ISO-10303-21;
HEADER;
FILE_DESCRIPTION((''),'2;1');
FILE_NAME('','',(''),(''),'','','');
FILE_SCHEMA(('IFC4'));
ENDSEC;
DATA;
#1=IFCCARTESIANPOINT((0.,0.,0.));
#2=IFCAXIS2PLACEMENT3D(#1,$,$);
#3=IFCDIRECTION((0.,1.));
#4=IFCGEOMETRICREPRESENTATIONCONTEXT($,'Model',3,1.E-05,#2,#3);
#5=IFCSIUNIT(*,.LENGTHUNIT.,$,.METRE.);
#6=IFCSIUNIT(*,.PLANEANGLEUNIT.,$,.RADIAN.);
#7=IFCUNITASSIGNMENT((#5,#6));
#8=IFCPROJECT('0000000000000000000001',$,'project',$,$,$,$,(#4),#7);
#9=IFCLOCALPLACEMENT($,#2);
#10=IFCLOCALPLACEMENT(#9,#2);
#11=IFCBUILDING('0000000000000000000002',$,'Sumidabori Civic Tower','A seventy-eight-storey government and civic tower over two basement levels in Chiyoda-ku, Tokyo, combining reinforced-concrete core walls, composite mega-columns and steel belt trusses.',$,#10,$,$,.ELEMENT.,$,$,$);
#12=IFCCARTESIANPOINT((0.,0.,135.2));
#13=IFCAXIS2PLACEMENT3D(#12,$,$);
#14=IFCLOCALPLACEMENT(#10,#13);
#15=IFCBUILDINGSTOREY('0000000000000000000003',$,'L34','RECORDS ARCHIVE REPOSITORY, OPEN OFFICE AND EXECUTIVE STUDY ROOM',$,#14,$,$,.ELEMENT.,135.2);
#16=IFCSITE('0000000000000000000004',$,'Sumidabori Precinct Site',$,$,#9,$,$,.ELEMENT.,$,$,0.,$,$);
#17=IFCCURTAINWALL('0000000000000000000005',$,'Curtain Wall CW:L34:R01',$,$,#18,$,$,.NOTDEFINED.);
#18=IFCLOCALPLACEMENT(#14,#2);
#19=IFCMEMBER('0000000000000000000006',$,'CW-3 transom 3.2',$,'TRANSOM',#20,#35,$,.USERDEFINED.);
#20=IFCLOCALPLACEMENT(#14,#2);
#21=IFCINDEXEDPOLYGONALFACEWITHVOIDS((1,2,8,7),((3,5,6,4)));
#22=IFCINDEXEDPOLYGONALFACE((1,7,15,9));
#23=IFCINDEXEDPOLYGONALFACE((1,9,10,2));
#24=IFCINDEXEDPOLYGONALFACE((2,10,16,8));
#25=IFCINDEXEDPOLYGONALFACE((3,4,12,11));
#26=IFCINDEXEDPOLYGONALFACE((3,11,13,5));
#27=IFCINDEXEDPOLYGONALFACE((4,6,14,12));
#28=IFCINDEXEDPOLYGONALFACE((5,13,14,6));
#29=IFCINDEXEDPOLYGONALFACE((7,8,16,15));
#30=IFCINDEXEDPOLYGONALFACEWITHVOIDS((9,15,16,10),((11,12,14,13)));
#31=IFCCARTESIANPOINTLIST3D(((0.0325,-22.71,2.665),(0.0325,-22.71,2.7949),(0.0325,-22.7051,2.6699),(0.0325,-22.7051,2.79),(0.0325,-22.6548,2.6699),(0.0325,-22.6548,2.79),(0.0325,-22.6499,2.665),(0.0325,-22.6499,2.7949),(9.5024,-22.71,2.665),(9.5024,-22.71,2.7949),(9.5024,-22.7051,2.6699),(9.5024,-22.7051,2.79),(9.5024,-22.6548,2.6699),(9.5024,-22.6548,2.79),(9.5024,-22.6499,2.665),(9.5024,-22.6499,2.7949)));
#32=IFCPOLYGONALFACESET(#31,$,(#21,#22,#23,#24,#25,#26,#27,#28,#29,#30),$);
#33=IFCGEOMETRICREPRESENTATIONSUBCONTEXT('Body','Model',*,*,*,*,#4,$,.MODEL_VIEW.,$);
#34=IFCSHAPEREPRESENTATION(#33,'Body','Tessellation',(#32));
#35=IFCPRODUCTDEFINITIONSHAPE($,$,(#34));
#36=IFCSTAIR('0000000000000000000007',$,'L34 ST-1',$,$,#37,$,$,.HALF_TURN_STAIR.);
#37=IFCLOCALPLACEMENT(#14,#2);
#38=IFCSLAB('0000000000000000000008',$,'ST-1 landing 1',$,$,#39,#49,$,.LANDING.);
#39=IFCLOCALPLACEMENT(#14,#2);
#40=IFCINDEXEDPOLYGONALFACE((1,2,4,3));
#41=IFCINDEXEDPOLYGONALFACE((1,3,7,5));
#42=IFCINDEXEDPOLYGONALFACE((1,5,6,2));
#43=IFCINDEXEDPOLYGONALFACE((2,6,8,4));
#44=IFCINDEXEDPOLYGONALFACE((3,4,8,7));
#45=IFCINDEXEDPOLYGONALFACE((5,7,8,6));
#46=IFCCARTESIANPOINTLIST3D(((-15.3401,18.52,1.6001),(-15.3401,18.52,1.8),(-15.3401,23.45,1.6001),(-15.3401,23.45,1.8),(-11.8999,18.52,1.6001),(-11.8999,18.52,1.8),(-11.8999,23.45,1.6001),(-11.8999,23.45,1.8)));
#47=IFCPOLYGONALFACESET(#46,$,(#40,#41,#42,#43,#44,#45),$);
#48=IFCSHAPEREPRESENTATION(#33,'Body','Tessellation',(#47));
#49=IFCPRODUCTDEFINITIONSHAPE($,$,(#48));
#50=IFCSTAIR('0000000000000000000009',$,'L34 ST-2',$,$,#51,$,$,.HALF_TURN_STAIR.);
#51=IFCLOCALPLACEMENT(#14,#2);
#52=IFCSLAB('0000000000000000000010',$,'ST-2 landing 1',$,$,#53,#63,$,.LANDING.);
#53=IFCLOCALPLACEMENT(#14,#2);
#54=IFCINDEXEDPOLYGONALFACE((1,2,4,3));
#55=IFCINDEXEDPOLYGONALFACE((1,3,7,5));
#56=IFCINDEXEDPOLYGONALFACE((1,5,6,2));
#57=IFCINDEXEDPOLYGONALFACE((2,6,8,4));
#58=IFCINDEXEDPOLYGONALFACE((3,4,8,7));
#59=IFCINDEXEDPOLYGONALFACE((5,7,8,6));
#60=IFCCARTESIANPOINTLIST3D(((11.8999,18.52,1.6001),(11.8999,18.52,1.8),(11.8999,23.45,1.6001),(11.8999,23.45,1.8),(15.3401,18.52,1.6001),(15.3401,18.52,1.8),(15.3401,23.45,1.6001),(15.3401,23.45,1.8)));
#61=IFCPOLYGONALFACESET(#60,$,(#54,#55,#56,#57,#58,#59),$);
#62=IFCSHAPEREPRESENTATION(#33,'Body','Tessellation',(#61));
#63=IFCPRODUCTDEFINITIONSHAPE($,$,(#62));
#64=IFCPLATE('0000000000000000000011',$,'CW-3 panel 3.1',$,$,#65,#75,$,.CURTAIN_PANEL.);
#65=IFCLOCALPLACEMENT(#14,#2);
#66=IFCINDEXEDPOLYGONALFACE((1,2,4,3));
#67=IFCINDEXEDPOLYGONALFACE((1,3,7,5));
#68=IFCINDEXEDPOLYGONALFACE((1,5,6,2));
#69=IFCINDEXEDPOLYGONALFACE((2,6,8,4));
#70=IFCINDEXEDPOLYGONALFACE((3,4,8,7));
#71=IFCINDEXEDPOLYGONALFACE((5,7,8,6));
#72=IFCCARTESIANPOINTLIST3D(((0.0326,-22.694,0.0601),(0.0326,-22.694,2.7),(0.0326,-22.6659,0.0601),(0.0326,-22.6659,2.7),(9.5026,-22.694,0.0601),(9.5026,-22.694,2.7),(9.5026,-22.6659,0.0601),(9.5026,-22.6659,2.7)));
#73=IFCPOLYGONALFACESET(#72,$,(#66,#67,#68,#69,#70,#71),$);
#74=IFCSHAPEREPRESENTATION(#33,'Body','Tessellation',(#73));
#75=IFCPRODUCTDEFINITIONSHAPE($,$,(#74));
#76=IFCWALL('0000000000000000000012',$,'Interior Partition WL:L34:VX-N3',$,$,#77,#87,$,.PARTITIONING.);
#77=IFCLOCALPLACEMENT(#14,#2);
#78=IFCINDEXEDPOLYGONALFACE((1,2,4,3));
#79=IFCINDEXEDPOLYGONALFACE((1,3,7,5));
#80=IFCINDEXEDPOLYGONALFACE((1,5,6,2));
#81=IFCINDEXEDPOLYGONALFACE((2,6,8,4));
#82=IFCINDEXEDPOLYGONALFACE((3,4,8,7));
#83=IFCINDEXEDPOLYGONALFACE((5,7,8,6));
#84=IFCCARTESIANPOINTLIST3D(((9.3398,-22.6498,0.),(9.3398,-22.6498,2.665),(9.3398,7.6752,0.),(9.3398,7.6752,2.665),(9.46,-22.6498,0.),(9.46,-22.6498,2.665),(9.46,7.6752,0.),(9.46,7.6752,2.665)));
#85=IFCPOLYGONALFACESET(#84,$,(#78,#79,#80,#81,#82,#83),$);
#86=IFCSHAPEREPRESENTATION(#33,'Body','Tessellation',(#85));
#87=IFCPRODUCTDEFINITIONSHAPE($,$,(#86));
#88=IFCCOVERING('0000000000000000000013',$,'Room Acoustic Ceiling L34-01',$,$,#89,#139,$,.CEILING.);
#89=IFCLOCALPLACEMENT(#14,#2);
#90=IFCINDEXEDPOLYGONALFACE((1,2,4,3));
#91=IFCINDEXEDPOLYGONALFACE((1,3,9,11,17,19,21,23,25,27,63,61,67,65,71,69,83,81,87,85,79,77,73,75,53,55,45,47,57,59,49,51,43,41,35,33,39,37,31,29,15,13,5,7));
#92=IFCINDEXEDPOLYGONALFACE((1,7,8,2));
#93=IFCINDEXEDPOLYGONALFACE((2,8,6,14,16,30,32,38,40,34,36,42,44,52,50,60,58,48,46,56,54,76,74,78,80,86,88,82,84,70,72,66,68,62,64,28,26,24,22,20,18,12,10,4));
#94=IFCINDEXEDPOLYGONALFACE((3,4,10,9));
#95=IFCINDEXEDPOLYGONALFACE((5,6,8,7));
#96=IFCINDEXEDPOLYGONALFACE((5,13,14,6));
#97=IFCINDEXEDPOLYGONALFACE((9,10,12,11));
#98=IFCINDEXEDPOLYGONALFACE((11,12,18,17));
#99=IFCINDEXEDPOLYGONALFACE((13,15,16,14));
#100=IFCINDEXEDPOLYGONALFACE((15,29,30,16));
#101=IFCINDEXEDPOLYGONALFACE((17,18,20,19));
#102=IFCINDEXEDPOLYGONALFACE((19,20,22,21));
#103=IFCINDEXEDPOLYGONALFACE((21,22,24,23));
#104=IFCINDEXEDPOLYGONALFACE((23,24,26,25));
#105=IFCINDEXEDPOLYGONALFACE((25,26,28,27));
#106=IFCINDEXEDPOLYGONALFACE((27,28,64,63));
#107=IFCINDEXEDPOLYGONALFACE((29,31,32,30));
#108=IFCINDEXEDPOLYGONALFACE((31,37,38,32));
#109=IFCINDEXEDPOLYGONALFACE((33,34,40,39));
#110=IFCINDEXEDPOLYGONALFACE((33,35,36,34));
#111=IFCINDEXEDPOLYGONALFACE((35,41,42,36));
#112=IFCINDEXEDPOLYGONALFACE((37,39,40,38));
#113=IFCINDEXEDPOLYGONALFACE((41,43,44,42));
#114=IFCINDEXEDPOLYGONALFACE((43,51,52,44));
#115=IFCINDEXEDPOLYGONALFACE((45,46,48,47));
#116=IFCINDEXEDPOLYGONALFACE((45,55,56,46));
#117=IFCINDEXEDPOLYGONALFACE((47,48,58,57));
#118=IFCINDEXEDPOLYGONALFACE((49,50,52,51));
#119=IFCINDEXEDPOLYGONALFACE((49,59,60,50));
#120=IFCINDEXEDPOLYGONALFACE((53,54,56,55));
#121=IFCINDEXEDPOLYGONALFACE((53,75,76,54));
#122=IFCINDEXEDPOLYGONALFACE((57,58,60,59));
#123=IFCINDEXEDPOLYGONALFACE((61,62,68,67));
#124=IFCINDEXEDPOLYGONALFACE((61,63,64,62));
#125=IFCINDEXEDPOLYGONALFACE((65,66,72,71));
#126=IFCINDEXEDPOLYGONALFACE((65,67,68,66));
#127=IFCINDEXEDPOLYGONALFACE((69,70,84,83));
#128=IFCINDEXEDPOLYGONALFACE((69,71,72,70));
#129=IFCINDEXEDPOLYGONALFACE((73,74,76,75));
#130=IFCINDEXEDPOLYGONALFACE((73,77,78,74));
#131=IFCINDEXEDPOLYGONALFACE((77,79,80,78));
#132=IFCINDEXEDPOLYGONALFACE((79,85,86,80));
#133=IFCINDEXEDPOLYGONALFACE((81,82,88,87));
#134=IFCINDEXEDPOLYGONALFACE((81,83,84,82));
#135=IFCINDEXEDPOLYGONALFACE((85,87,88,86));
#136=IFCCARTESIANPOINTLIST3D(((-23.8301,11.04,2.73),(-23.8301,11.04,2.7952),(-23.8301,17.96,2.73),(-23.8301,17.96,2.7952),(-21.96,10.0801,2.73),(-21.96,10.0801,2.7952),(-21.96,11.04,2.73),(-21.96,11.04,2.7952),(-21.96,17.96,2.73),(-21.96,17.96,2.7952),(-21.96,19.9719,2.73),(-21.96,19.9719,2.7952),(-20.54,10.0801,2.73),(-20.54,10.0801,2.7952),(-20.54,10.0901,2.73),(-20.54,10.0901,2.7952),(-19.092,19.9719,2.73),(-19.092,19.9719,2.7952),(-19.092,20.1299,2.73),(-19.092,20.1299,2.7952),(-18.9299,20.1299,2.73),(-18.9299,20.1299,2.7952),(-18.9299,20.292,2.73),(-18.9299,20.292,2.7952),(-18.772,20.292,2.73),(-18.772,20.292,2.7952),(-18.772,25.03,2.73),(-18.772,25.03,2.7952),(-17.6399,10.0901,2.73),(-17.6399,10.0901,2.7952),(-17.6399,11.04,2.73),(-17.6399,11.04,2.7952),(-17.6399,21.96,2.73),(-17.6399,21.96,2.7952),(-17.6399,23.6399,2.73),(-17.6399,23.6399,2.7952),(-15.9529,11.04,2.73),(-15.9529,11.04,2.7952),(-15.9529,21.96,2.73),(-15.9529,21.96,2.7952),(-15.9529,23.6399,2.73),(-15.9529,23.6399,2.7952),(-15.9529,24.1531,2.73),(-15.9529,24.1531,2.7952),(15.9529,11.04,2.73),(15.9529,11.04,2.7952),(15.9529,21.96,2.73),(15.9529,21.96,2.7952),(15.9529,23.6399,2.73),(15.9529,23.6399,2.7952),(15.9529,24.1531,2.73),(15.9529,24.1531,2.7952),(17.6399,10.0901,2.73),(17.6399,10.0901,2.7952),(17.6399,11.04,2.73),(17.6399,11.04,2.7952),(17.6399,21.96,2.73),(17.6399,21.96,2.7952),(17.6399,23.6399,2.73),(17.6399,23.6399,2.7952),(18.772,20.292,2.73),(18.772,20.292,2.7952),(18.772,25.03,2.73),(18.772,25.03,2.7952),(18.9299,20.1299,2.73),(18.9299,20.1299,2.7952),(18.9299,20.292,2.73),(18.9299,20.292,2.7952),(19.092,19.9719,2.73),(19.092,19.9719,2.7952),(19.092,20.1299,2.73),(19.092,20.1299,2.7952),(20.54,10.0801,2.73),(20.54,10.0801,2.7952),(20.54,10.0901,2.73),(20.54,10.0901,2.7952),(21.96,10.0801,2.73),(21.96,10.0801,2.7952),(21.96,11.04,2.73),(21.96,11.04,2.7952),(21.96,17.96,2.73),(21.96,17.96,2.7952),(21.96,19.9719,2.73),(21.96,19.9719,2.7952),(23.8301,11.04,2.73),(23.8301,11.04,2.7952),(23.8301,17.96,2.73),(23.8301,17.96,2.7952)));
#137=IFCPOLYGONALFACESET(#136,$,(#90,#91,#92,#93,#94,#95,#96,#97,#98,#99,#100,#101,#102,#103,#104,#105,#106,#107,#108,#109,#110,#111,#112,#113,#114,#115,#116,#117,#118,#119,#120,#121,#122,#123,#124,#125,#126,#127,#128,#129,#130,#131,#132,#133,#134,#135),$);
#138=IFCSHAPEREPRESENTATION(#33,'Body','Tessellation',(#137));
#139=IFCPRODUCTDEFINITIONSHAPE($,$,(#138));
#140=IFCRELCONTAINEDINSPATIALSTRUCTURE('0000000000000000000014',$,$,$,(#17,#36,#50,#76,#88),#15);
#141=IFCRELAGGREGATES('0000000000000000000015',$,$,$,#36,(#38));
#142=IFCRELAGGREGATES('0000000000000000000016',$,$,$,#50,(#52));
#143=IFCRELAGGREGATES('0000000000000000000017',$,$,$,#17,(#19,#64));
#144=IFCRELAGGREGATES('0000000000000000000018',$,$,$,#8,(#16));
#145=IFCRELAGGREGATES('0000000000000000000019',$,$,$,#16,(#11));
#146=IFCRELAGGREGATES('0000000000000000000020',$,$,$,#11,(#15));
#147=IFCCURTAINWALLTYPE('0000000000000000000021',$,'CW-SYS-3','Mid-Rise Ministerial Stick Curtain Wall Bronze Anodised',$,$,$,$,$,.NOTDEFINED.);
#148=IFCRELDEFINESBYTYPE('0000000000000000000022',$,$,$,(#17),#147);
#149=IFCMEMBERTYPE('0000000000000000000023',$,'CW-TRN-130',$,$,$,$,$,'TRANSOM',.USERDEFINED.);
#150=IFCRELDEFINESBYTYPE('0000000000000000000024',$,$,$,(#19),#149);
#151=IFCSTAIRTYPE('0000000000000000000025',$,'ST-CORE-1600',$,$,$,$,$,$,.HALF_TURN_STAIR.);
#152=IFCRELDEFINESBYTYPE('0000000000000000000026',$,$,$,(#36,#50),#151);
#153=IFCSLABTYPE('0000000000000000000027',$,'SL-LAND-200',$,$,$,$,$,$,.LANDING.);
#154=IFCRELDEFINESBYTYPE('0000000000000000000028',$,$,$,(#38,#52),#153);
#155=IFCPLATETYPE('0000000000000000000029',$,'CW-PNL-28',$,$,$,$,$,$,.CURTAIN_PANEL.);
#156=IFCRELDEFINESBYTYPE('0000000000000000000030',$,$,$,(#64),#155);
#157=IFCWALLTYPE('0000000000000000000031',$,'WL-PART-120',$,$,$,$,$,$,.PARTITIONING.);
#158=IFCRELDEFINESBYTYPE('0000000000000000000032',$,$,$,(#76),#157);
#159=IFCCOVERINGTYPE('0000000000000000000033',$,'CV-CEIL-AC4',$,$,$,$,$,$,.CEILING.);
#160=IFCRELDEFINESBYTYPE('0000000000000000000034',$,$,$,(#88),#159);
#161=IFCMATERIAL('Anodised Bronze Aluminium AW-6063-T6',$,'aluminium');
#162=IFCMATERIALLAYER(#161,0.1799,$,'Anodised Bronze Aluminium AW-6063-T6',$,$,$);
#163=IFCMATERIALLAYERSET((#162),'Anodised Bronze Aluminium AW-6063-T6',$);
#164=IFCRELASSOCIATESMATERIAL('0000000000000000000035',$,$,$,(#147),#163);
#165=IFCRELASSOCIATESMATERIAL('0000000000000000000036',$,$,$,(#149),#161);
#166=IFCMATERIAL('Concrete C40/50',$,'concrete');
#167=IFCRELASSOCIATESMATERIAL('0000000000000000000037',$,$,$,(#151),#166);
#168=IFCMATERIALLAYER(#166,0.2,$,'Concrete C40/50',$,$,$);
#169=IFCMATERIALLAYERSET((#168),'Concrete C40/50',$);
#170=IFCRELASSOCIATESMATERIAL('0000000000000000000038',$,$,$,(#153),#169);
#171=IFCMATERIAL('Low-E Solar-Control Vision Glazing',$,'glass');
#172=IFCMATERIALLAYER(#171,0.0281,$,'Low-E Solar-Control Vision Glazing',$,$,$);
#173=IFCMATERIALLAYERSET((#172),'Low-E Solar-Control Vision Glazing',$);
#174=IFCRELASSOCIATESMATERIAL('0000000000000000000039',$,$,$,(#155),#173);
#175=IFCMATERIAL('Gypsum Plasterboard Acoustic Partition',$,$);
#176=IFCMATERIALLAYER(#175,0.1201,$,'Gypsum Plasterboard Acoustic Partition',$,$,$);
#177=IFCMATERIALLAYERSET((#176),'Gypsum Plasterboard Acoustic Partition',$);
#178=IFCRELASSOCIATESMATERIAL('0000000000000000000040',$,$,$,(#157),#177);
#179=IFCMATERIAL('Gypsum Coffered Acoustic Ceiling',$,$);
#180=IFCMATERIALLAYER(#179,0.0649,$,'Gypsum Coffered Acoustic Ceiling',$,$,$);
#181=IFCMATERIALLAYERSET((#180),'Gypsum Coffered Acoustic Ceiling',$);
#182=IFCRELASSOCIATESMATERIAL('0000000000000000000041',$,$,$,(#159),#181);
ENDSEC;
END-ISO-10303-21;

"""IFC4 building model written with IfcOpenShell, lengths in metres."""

from ifc_helpers import new_model, si_unit, direction, frame, frame_2d, origin, origin_2d, place, context, subcontext, project, spatial, polyline, rectangle, hollow_rectangle, outline, extrude, source, transform, mapped, material, layer, layer_set, material_profile, profile_set, type_object, element, aggregate, save


model = new_model("IFC4")

# Units and contexts
model_context = context("Model", 3, precision=1e-05, world=origin(), true_north=direction((0.0, 1.0)))
body_context = subcontext(model_context, "Body", "Model", "MODEL_VIEW")
ifc_project = project(units=[si_unit("LENGTHUNIT", "METRE"), si_unit("PLANEANGLEUNIT", "RADIAN")], contexts=[model_context])

# Site, building, storey
site_placement = place(None, origin())
site = spatial("IfcSite", under=ifc_project, at=site_placement, Name="Sumidabori Precinct Site", CompositionType="ELEMENT", RefElevation=0.0)
building_placement = place(site_placement, origin())
building = spatial("IfcBuilding", under=site, at=building_placement, Name="Sumidabori Civic Tower", Description="A seventy-eight-storey government and civic tower over two basement levels in Chiyoda-ku, Tokyo, combining reinforced-concrete core walls, composite mega-columns and steel belt trusses.", CompositionType="ELEMENT")
storey_placement = place(building_placement, frame((0.0, 0.0, 135.2)))
storey = spatial("IfcBuildingStorey", under=building, at=storey_placement, Name="L34", Description="RECORDS ARCHIVE REPOSITORY, OPEN OFFICE AND EXECUTIVE STUDY ROOM", CompositionType="ELEMENT", Elevation=135.2)

# Curtain wall, member
ifc_material_1 = material(Name="Anodised Bronze Aluminium AW-6063-T6", Category="aluminium")
ifc_layer_1 = layer(ifc_material_1, 0.1799, Name="Anodised Bronze Aluminium AW-6063-T6")
ifc_layer_set_1 = layer_set([ifc_layer_1], Name="Anodised Bronze Aluminium AW-6063-T6")
curtain_wall_type = type_object("IfcCurtainWallType", Name="CW-SYS-3", Description="Mid-Rise Ministerial Stick Curtain Wall Bronze Anodised", PredefinedType="NOTDEFINED", material=ifc_layer_set_1)
curtain_wall_placement = place(storey_placement, origin())
curtain_wall = element("IfcCurtainWall", 1, at=curtain_wall_placement, inside=storey, type_object=curtain_wall_type, Name="Curtain Wall CW:L34:R01", PredefinedType="NOTDEFINED")
ifc_material_profile_1 = material_profile(ifc_material_1, hollow_rectangle(XDim=0.0601, YDim=0.1299, WallThickness=0.0049, at=origin_2d()), Name="ALU TRANSOM 130x60")
ifc_profile_set_1 = profile_set([ifc_material_profile_1], Name="Anodised Bronze Aluminium AW-6063-T6")
member_type = type_object("IfcMemberType", Name="CW-TRN-130", ElementType="TRANSOM", PredefinedType="USERDEFINED", material=ifc_profile_set_1)
shared_shape_1 = source(origin(), body_context, "Body", "SweptSolid", [
    extrude(hollow_rectangle(XDim=0.0601, YDim=0.1299, WallThickness=0.0049, at=origin_2d()), origin(), (0.0, 0.0, 1.0), 9.47),
])
member_1_placement = place(storey_placement, frame((0.0325, -22.6799, 2.73), z_axis=(1.0, 0.0, 0.0), x_axis=(0.0, 1.0, 0.0)))
member_1 = element("IfcMember", 2, at=member_1_placement, type_object=member_type, Name="CW-3 transom 3.2", ObjectType="TRANSOM", PredefinedType="USERDEFINED", context=body_context, shape_type="MappedRepresentation", body=[
    mapped(shared_shape_1, transform((0.0, 0.0, 0.0), x_axis=(1.0, 0.0, 0.0), y_axis=(0.0, 1.0, 0.0), z_axis=(0.0, 0.0, 1.0), scale=1.0)),
])

# Stairs, slabs
ifc_material_2 = material(Name="Concrete C40/50", Category="concrete")
stair_type = type_object("IfcStairType", Name="ST-CORE-1600", PredefinedType="HALF_TURN_STAIR", material=ifc_material_2)
stair_1_placement = place(storey_placement, origin())
stair_1 = element("IfcStair", 3, at=stair_1_placement, inside=storey, type_object=stair_type, Name="L34 ST-1", PredefinedType="HALF_TURN_STAIR")
ifc_layer_2 = layer(ifc_material_2, 0.2, Name="Concrete C40/50")
ifc_layer_set_2 = layer_set([ifc_layer_2], Name="Concrete C40/50")
slab_type = type_object("IfcSlabType", Name="SL-LAND-200", PredefinedType="LANDING", material=ifc_layer_set_2)
slab_1_placement = place(storey_placement, frame((0.0, 0.0, 1.6001)))
slab_1 = element("IfcSlab", 4, at=slab_1_placement, type_object=slab_type, Name="ST-1 landing 1", PredefinedType="LANDING", context=body_context, shape_type="SweptSolid", body=[
    extrude(outline(polyline([(-11.8999, 18.52), (-11.8999, 23.45), (-15.3401, 23.45), (-15.3401, 18.52), (-11.8999, 18.52)])), origin(), (0.0, 0.0, 1.0), 0.2),
])
aggregate(stair_1, [slab_1])
stair_2_placement = place(storey_placement, origin())
stair_2 = element("IfcStair", 5, at=stair_2_placement, inside=storey, type_object=stair_type, Name="L34 ST-2", PredefinedType="HALF_TURN_STAIR")
slab_2_placement = place(storey_placement, frame((0.0, 0.0, 1.6001)))
slab_2 = element("IfcSlab", 6, at=slab_2_placement, type_object=slab_type, Name="ST-2 landing 1", PredefinedType="LANDING", context=body_context, shape_type="SweptSolid", body=[
    extrude(outline(polyline([(15.3401, 18.52), (15.3401, 23.45), (11.8999, 23.45), (11.8999, 18.52), (15.3401, 18.52)])), origin(), (0.0, 0.0, 1.0), 0.2),
])
aggregate(stair_2, [slab_2])

# Plate
ifc_material_3 = material(Name="Low-E Solar-Control Vision Glazing", Category="glass")
ifc_layer_3 = layer(ifc_material_3, 0.0281, Name="Low-E Solar-Control Vision Glazing")
ifc_layer_set_3 = layer_set([ifc_layer_3], Name="Low-E Solar-Control Vision Glazing")
plate_type = type_object("IfcPlateType", Name="CW-PNL-28", PredefinedType="CURTAIN_PANEL", material=ifc_layer_set_3)
shared_shape_2 = source(origin(), body_context, "Body", "SweptSolid", [
    extrude(rectangle(XDim=9.47, YDim=0.0281, at=origin_2d()), origin(), (0.0, 0.0, 1.0), 2.6399),
])
plate_placement = place(storey_placement, frame((4.7676, -22.6799, 0.0601), z_axis=(0.0, 0.0, 1.0), x_axis=(1.0, 0.0, 0.0)))
plate = element("IfcPlate", 7, at=plate_placement, type_object=plate_type, Name="CW-3 panel 3.1", PredefinedType="CURTAIN_PANEL", context=body_context, shape_type="MappedRepresentation", body=[
    mapped(shared_shape_2, transform((0.0, 0.0, 0.0), x_axis=(1.0, 0.0, 0.0), y_axis=(0.0, 1.0, 0.0), z_axis=(0.0, 0.0, 1.0), scale=1.0)),
])
aggregate(curtain_wall, [member_1, plate])

# Wall
ifc_material_4 = material(Name="Gypsum Plasterboard Acoustic Partition")
ifc_layer_4 = layer(ifc_material_4, 0.1201, Name="Gypsum Plasterboard Acoustic Partition")
ifc_layer_set_4 = layer_set([ifc_layer_4], Name="Gypsum Plasterboard Acoustic Partition")
wall_type = type_object("IfcWallType", Name="WL-PART-120", PredefinedType="PARTITIONING", material=ifc_layer_set_4)
shared_shape_3 = source(origin(), body_context, "Body", "SweptSolid", [
    extrude(rectangle(XDim=30.325, YDim=0.1201, at=frame_2d((15.1626, 0.0))), origin(), (0.0, 0.0, 1.0), 2.665),
])
wall_placement = place(storey_placement, frame((9.3999, -22.6499, 0.0), z_axis=(0.0, 0.0, 1.0), x_axis=(0.0, 1.0, 0.0)))
element("IfcWall", 8, at=wall_placement, inside=storey, type_object=wall_type, Name="Interior Partition WL:L34:VX-N3", PredefinedType="PARTITIONING", context=body_context, shape_type="MappedRepresentation", body=[
    mapped(shared_shape_3, transform((0.0, 0.0, 0.0), x_axis=(1.0, 0.0, 0.0), y_axis=(0.0, 1.0, 0.0), z_axis=(0.0, 0.0, 1.0), scale=1.0)),
])

# Covering
ifc_material_5 = material(Name="Gypsum Coffered Acoustic Ceiling")
ifc_layer_5 = layer(ifc_material_5, 0.0649, Name="Gypsum Coffered Acoustic Ceiling")
ifc_layer_set_5 = layer_set([ifc_layer_5], Name="Gypsum Coffered Acoustic Ceiling")
covering_type_1 = type_object("IfcCoveringType", Name="CV-CEIL-AC4", PredefinedType="CEILING", material=ifc_layer_set_5)
covering_1_placement = place(storey_placement, frame((0.0, 0.0, 2.73)))
element("IfcCovering", 9, at=covering_1_placement, inside=storey, type_object=covering_type_1, Name="Room Acoustic Ceiling L34-01", PredefinedType="CEILING", context=body_context, shape_type="SweptSolid", body=[
    extrude(outline(polyline([(-23.8301, 17.96), (-21.96, 17.96), (-21.96, 19.9719), (-19.092, 19.9719), (-19.092, 20.1299), (-18.9299, 20.1299), (-18.9299, 20.292), (-18.772, 20.292), (-18.772, 25.03), (18.772, 25.03), (18.772, 20.292), (18.9299, 20.292), (18.9299, 20.1299), (19.092, 20.1299), (19.092, 19.9719), (21.96, 19.9719), (21.96, 17.96), (23.8301, 17.96), (23.8301, 11.04), (21.96, 11.04), (21.96, 10.0801), (20.54, 10.0801), (20.54, 10.0901), (17.6399, 10.0901), (17.6399, 11.04), (15.9529, 11.04), (15.9529, 21.96), (17.6399, 21.96), (17.6399, 23.6399), (15.9529, 23.6399), (15.9529, 24.1531), (-15.9529, 24.1531), (-15.9529, 23.6399), (-17.6399, 23.6399), (-17.6399, 21.96), (-15.9529, 21.96), (-15.9529, 11.04), (-17.6399, 11.04), (-17.6399, 10.0901), (-20.54, 10.0901), (-20.54, 10.0801), (-21.96, 10.0801), (-21.96, 11.04), (-23.8301, 11.04), (-23.8301, 17.96)])), origin(), (0.0, 0.0, 1.0), 0.0652),
])

save(model, "model.ifc")
